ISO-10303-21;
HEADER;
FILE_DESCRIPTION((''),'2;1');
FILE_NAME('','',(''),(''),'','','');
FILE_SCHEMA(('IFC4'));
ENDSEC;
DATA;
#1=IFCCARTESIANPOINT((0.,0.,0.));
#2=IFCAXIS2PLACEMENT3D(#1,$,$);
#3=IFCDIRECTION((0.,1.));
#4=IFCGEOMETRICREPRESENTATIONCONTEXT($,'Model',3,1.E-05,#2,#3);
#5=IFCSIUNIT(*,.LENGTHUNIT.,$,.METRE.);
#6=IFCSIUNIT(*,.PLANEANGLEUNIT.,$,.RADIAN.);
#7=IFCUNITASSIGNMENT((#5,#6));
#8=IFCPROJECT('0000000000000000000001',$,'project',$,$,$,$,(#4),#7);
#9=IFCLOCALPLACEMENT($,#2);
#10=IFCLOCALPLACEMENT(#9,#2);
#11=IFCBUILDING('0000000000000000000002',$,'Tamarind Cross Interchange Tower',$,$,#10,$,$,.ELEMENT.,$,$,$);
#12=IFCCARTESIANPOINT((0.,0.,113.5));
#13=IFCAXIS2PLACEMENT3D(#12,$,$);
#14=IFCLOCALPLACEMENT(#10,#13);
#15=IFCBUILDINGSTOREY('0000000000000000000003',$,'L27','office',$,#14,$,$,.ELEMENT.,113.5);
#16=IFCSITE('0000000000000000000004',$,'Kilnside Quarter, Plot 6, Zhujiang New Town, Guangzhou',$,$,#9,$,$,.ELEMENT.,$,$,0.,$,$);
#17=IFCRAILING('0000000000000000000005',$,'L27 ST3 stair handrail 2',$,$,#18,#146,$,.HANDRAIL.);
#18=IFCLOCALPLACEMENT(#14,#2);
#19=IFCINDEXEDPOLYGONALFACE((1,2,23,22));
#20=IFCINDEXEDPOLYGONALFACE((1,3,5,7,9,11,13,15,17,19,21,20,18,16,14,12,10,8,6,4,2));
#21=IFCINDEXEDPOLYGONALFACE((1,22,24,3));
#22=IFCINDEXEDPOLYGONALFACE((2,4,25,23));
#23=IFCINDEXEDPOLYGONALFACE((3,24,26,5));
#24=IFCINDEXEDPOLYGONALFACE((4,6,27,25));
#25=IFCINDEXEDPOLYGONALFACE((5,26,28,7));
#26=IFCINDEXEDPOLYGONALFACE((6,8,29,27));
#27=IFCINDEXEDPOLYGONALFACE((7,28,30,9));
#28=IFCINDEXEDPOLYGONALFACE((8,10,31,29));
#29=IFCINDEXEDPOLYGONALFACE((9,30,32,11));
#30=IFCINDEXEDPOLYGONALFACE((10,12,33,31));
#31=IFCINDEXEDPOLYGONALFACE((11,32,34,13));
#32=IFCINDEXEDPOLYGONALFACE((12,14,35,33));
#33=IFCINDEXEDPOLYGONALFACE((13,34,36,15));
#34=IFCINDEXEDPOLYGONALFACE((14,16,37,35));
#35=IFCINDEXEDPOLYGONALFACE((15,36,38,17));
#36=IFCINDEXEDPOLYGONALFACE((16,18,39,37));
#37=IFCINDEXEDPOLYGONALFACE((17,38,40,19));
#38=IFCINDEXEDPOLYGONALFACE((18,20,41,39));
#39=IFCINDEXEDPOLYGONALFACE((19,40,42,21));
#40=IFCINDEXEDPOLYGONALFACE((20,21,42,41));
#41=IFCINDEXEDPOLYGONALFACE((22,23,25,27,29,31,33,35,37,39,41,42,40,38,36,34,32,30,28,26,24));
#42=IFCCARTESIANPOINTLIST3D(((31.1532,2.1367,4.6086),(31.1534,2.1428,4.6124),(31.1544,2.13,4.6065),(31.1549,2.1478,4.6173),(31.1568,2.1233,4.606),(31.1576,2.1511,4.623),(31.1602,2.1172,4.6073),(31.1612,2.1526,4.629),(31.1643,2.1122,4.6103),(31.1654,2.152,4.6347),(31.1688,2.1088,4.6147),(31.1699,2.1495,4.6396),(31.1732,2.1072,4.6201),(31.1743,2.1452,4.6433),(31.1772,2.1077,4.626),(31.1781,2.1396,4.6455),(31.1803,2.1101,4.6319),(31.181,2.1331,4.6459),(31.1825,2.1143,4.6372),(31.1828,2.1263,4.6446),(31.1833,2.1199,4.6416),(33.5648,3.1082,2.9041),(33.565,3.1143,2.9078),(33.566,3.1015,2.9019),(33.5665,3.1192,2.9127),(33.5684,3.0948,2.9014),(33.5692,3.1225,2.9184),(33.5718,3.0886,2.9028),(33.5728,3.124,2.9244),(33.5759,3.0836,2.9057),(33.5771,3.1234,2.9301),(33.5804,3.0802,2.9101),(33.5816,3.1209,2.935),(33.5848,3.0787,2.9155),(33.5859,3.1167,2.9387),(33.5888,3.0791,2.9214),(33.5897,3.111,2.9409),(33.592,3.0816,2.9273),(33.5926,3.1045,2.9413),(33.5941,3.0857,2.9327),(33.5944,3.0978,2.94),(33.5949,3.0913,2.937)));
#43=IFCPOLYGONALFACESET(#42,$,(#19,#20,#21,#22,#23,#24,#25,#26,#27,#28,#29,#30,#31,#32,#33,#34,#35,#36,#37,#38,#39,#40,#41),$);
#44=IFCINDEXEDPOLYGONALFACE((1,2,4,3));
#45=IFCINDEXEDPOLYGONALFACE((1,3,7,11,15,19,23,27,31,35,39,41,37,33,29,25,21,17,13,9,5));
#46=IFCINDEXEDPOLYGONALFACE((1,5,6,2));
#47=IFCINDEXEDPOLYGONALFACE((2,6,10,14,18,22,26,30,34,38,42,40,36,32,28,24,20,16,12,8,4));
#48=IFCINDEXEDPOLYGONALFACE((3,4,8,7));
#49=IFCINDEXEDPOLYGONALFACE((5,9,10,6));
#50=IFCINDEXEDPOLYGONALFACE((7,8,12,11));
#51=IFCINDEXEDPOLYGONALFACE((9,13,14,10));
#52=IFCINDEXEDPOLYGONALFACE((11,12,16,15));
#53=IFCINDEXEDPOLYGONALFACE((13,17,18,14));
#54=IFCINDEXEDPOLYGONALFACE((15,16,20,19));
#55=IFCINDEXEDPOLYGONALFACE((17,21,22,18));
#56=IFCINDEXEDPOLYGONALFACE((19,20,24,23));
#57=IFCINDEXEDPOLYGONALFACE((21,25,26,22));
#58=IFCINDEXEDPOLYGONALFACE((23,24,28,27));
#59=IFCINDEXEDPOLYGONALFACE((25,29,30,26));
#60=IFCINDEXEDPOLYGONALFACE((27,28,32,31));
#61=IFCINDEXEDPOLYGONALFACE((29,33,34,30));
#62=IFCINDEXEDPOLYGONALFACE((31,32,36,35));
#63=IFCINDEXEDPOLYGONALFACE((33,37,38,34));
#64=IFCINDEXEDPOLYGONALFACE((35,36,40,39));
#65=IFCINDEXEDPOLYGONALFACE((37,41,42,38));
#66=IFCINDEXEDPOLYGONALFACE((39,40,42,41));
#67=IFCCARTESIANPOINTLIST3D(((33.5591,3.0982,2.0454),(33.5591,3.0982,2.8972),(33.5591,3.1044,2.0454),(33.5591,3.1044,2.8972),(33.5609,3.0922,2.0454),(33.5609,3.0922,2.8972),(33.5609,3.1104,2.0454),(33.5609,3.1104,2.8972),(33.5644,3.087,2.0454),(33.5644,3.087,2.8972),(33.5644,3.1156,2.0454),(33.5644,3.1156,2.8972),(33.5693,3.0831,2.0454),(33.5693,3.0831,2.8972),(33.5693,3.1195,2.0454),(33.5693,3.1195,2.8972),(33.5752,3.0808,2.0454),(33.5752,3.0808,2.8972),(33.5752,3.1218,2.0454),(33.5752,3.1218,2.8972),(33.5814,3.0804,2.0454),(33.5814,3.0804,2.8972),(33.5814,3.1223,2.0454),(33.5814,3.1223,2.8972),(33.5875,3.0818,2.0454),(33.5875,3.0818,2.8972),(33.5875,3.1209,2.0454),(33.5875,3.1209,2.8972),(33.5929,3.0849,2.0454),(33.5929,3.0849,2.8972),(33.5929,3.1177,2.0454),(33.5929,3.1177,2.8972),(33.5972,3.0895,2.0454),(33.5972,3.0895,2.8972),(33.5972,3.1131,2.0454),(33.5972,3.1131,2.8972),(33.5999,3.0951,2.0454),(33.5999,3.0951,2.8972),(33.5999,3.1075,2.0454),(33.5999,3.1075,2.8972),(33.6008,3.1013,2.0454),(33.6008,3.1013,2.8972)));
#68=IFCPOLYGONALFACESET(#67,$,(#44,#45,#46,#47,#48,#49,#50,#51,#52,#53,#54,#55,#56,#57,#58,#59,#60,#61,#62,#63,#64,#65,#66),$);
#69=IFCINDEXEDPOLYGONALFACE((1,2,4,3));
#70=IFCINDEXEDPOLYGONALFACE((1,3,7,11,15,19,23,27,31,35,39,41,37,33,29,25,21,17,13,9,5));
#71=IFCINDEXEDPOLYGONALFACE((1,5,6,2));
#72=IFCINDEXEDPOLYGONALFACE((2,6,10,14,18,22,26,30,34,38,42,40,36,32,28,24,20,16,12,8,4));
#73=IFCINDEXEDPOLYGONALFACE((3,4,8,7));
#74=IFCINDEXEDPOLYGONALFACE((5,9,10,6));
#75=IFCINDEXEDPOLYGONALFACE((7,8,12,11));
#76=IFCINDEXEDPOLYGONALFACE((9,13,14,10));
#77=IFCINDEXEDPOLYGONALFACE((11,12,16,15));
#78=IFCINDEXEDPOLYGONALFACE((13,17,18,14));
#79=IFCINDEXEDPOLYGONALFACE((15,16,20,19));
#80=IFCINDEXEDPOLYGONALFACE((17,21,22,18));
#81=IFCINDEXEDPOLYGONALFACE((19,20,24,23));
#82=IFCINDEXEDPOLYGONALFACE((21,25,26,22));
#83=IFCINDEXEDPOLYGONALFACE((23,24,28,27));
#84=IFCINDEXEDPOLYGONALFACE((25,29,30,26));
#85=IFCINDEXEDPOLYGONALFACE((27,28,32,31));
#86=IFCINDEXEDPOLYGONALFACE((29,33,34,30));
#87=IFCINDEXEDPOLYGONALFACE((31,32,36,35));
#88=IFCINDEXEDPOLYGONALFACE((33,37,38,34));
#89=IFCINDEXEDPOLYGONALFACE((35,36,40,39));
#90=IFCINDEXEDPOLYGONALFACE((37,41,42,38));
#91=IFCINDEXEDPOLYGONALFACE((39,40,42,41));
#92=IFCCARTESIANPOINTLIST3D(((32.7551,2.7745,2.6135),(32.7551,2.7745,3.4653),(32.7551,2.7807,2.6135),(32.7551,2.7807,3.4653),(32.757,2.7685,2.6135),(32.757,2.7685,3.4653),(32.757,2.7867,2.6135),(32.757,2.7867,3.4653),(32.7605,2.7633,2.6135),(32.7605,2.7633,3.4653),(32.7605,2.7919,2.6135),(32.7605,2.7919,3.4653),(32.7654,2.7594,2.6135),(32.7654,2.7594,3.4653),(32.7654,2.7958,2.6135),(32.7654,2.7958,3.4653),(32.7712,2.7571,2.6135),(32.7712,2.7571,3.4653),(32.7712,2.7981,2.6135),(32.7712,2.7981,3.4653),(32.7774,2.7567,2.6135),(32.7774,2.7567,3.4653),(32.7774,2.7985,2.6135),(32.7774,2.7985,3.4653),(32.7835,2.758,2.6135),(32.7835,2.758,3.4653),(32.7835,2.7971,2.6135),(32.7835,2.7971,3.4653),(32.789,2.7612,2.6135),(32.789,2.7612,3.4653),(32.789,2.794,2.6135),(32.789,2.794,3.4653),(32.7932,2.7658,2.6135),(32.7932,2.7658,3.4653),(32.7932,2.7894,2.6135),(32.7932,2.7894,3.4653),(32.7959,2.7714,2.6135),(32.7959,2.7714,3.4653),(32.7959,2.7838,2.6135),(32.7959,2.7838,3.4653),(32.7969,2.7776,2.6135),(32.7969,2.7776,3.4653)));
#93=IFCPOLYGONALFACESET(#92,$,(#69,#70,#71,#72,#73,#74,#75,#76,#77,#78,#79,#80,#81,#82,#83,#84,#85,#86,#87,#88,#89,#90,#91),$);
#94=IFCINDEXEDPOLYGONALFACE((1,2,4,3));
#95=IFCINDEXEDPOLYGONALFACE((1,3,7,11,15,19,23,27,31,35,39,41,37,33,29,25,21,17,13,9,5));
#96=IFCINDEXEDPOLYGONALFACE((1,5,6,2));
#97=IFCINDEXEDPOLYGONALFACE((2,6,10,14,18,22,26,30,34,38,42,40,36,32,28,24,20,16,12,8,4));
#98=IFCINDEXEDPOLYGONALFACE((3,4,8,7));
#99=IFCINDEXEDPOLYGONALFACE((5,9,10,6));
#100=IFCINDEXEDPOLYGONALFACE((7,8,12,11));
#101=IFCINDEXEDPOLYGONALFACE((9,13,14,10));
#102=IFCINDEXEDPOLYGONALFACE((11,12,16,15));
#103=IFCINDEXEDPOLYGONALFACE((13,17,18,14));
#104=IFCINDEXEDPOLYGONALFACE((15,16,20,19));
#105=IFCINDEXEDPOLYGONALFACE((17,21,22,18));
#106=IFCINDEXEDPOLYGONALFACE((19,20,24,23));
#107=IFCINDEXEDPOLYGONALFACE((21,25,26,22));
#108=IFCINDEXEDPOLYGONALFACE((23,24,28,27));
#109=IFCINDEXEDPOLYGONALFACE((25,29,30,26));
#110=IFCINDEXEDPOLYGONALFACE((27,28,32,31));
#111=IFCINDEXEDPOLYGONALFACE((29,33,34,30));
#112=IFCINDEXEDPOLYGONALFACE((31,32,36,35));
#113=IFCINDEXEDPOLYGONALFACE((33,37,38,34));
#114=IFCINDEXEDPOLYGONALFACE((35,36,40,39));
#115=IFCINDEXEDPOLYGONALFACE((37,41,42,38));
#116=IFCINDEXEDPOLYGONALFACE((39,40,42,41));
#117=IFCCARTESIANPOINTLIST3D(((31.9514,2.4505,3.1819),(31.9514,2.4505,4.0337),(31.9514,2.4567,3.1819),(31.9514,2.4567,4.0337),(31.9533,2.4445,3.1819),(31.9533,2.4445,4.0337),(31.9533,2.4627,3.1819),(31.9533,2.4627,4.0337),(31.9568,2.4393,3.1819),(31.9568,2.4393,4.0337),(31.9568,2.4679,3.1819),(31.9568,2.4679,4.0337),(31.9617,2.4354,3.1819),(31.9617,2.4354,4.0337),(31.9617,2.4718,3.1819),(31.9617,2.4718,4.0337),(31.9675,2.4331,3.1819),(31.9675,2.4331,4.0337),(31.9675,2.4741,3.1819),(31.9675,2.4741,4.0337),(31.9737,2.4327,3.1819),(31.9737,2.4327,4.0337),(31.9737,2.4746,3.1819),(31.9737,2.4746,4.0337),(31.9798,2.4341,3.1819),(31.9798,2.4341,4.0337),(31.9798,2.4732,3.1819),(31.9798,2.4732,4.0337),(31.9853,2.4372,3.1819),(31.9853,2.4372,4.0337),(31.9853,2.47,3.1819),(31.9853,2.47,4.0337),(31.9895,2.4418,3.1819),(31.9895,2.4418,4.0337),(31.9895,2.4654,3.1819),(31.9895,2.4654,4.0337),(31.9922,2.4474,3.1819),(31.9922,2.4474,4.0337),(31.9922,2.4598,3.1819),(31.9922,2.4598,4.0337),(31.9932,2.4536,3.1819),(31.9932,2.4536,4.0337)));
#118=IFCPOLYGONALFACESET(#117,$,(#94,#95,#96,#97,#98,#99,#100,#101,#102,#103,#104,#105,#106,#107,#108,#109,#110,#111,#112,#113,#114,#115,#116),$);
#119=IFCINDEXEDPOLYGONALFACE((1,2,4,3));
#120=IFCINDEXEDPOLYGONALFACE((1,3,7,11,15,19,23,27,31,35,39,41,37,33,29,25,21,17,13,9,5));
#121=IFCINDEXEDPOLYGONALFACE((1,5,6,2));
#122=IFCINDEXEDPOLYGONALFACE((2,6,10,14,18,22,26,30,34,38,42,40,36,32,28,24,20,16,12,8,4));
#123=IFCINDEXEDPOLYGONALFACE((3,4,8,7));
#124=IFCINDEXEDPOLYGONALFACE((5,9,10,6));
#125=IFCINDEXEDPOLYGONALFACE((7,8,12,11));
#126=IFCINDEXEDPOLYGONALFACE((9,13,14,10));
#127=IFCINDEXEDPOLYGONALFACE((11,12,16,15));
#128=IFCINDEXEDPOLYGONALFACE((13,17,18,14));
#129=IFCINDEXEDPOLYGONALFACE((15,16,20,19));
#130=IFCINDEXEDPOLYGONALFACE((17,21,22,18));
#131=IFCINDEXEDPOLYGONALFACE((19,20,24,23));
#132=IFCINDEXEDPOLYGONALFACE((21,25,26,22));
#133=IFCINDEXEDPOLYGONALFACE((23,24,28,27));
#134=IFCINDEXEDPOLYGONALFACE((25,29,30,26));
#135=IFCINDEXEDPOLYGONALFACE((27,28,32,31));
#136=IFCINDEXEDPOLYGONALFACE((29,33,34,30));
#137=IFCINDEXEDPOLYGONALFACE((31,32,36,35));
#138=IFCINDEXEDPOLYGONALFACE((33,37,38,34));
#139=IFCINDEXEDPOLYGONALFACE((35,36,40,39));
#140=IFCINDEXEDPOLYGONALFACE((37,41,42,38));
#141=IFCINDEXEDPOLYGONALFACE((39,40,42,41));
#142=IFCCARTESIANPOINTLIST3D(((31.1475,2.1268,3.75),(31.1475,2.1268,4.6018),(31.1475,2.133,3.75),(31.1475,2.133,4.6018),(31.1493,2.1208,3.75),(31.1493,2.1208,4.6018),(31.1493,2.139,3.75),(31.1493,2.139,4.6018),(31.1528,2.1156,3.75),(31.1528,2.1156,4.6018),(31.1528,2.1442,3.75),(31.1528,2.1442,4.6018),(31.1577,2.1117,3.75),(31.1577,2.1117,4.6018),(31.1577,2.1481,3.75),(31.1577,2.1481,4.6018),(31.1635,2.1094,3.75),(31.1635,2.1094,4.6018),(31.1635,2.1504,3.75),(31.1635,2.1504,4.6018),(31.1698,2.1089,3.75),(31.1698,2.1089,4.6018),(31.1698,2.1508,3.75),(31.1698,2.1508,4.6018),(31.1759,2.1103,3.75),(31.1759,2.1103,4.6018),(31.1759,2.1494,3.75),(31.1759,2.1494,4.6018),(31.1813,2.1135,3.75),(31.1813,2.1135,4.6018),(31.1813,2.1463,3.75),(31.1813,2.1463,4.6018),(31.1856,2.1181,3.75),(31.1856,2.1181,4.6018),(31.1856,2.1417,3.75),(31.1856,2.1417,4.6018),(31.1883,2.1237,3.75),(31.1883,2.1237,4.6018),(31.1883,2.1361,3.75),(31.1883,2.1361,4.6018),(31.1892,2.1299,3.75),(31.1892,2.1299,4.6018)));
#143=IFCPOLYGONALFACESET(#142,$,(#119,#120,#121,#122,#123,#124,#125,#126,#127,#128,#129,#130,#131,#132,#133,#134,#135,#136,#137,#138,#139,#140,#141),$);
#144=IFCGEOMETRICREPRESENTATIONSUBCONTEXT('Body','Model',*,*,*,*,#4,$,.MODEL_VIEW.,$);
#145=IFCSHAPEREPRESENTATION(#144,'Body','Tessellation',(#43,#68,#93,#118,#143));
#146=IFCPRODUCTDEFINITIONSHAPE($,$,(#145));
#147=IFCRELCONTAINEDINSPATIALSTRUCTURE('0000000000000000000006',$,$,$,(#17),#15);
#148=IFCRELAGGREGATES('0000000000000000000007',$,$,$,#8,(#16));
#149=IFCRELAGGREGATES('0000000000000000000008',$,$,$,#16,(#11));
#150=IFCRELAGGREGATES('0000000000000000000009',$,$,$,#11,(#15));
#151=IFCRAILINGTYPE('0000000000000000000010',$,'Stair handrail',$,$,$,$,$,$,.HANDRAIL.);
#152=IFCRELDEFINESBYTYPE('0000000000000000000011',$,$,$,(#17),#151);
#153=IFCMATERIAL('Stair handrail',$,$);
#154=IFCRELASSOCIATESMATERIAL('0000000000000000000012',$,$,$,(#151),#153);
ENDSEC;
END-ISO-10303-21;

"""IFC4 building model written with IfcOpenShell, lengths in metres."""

from ifc_helpers import new_model, si_unit, direction, frame, origin, origin_2d, place, context, subcontext, project, spatial, circle, extrude, material, type_object, element, save


model = new_model("IFC4")

# Units and contexts
model_context = context("Model", 3, precision=1e-05, world=origin(), true_north=direction((0.0, 1.0)))
body_context = subcontext(model_context, "Body", "Model", "MODEL_VIEW")
ifc_project = project(units=[si_unit("LENGTHUNIT", "METRE"), si_unit("PLANEANGLEUNIT", "RADIAN")], contexts=[model_context])

# Site, building, storey
site_placement = place(None, origin())
site = spatial("IfcSite", under=ifc_project, at=site_placement, Name="Kilnside Quarter, Plot 6, Zhujiang New Town, Guangzhou", CompositionType="ELEMENT", RefElevation=0.0)
building_placement = place(site_placement, origin())
building = spatial("IfcBuilding", under=site, at=building_placement, Name="Tamarind Cross Interchange Tower", CompositionType="ELEMENT")
storey_placement = place(building_placement, frame((0.0, 0.0, 113.5)))
storey = spatial("IfcBuildingStorey", under=building, at=storey_placement, Name="L27", Description="office", CompositionType="ELEMENT", Elevation=113.5)

# Railing
ifc_material_1 = material(Name="Stair handrail")
railing_type_1 = type_object("IfcRailingType", Name="Stair handrail", PredefinedType="HANDRAIL", material=ifc_material_1)
railing_1_placement = place(storey_placement, frame((33.5798, 3.1013, 2.0454)))
element("IfcRailing", 1, at=railing_1_placement, inside=storey, type_object=railing_type_1, Name="L27 ST3 stair handrail 2", PredefinedType="HANDRAIL", context=body_context, shape_type="SweptSolid", body=[
    extrude(circle(Radius=0.0239, at=origin_2d()), frame((0.0, 0.0, 0.876), z_axis=(-0.775716, -0.31247, 0.548294), x_axis=(0.37364, -0.927574, 0.0)), (0.0, 0.0, 1.0), 3.1089),
    extrude(circle(Radius=0.021, at=origin_2d()), origin(), (0.0, 0.0, 1.0), 0.8518),
    extrude(circle(Radius=0.021, at=origin_2d()), frame((-0.804, -0.3237, 0.5681)), (0.0, 0.0, 1.0), 0.8518),
    extrude(circle(Radius=0.021, at=origin_2d()), frame((-1.6077, -0.6477, 1.1365)), (0.0, 0.0, 1.0), 0.8518),
    extrude(circle(Radius=0.021, at=origin_2d()), frame((-2.4116, -0.9714, 1.7046)), (0.0, 0.0, 1.0), 0.8518),
])

save(model, "model.ifc")
